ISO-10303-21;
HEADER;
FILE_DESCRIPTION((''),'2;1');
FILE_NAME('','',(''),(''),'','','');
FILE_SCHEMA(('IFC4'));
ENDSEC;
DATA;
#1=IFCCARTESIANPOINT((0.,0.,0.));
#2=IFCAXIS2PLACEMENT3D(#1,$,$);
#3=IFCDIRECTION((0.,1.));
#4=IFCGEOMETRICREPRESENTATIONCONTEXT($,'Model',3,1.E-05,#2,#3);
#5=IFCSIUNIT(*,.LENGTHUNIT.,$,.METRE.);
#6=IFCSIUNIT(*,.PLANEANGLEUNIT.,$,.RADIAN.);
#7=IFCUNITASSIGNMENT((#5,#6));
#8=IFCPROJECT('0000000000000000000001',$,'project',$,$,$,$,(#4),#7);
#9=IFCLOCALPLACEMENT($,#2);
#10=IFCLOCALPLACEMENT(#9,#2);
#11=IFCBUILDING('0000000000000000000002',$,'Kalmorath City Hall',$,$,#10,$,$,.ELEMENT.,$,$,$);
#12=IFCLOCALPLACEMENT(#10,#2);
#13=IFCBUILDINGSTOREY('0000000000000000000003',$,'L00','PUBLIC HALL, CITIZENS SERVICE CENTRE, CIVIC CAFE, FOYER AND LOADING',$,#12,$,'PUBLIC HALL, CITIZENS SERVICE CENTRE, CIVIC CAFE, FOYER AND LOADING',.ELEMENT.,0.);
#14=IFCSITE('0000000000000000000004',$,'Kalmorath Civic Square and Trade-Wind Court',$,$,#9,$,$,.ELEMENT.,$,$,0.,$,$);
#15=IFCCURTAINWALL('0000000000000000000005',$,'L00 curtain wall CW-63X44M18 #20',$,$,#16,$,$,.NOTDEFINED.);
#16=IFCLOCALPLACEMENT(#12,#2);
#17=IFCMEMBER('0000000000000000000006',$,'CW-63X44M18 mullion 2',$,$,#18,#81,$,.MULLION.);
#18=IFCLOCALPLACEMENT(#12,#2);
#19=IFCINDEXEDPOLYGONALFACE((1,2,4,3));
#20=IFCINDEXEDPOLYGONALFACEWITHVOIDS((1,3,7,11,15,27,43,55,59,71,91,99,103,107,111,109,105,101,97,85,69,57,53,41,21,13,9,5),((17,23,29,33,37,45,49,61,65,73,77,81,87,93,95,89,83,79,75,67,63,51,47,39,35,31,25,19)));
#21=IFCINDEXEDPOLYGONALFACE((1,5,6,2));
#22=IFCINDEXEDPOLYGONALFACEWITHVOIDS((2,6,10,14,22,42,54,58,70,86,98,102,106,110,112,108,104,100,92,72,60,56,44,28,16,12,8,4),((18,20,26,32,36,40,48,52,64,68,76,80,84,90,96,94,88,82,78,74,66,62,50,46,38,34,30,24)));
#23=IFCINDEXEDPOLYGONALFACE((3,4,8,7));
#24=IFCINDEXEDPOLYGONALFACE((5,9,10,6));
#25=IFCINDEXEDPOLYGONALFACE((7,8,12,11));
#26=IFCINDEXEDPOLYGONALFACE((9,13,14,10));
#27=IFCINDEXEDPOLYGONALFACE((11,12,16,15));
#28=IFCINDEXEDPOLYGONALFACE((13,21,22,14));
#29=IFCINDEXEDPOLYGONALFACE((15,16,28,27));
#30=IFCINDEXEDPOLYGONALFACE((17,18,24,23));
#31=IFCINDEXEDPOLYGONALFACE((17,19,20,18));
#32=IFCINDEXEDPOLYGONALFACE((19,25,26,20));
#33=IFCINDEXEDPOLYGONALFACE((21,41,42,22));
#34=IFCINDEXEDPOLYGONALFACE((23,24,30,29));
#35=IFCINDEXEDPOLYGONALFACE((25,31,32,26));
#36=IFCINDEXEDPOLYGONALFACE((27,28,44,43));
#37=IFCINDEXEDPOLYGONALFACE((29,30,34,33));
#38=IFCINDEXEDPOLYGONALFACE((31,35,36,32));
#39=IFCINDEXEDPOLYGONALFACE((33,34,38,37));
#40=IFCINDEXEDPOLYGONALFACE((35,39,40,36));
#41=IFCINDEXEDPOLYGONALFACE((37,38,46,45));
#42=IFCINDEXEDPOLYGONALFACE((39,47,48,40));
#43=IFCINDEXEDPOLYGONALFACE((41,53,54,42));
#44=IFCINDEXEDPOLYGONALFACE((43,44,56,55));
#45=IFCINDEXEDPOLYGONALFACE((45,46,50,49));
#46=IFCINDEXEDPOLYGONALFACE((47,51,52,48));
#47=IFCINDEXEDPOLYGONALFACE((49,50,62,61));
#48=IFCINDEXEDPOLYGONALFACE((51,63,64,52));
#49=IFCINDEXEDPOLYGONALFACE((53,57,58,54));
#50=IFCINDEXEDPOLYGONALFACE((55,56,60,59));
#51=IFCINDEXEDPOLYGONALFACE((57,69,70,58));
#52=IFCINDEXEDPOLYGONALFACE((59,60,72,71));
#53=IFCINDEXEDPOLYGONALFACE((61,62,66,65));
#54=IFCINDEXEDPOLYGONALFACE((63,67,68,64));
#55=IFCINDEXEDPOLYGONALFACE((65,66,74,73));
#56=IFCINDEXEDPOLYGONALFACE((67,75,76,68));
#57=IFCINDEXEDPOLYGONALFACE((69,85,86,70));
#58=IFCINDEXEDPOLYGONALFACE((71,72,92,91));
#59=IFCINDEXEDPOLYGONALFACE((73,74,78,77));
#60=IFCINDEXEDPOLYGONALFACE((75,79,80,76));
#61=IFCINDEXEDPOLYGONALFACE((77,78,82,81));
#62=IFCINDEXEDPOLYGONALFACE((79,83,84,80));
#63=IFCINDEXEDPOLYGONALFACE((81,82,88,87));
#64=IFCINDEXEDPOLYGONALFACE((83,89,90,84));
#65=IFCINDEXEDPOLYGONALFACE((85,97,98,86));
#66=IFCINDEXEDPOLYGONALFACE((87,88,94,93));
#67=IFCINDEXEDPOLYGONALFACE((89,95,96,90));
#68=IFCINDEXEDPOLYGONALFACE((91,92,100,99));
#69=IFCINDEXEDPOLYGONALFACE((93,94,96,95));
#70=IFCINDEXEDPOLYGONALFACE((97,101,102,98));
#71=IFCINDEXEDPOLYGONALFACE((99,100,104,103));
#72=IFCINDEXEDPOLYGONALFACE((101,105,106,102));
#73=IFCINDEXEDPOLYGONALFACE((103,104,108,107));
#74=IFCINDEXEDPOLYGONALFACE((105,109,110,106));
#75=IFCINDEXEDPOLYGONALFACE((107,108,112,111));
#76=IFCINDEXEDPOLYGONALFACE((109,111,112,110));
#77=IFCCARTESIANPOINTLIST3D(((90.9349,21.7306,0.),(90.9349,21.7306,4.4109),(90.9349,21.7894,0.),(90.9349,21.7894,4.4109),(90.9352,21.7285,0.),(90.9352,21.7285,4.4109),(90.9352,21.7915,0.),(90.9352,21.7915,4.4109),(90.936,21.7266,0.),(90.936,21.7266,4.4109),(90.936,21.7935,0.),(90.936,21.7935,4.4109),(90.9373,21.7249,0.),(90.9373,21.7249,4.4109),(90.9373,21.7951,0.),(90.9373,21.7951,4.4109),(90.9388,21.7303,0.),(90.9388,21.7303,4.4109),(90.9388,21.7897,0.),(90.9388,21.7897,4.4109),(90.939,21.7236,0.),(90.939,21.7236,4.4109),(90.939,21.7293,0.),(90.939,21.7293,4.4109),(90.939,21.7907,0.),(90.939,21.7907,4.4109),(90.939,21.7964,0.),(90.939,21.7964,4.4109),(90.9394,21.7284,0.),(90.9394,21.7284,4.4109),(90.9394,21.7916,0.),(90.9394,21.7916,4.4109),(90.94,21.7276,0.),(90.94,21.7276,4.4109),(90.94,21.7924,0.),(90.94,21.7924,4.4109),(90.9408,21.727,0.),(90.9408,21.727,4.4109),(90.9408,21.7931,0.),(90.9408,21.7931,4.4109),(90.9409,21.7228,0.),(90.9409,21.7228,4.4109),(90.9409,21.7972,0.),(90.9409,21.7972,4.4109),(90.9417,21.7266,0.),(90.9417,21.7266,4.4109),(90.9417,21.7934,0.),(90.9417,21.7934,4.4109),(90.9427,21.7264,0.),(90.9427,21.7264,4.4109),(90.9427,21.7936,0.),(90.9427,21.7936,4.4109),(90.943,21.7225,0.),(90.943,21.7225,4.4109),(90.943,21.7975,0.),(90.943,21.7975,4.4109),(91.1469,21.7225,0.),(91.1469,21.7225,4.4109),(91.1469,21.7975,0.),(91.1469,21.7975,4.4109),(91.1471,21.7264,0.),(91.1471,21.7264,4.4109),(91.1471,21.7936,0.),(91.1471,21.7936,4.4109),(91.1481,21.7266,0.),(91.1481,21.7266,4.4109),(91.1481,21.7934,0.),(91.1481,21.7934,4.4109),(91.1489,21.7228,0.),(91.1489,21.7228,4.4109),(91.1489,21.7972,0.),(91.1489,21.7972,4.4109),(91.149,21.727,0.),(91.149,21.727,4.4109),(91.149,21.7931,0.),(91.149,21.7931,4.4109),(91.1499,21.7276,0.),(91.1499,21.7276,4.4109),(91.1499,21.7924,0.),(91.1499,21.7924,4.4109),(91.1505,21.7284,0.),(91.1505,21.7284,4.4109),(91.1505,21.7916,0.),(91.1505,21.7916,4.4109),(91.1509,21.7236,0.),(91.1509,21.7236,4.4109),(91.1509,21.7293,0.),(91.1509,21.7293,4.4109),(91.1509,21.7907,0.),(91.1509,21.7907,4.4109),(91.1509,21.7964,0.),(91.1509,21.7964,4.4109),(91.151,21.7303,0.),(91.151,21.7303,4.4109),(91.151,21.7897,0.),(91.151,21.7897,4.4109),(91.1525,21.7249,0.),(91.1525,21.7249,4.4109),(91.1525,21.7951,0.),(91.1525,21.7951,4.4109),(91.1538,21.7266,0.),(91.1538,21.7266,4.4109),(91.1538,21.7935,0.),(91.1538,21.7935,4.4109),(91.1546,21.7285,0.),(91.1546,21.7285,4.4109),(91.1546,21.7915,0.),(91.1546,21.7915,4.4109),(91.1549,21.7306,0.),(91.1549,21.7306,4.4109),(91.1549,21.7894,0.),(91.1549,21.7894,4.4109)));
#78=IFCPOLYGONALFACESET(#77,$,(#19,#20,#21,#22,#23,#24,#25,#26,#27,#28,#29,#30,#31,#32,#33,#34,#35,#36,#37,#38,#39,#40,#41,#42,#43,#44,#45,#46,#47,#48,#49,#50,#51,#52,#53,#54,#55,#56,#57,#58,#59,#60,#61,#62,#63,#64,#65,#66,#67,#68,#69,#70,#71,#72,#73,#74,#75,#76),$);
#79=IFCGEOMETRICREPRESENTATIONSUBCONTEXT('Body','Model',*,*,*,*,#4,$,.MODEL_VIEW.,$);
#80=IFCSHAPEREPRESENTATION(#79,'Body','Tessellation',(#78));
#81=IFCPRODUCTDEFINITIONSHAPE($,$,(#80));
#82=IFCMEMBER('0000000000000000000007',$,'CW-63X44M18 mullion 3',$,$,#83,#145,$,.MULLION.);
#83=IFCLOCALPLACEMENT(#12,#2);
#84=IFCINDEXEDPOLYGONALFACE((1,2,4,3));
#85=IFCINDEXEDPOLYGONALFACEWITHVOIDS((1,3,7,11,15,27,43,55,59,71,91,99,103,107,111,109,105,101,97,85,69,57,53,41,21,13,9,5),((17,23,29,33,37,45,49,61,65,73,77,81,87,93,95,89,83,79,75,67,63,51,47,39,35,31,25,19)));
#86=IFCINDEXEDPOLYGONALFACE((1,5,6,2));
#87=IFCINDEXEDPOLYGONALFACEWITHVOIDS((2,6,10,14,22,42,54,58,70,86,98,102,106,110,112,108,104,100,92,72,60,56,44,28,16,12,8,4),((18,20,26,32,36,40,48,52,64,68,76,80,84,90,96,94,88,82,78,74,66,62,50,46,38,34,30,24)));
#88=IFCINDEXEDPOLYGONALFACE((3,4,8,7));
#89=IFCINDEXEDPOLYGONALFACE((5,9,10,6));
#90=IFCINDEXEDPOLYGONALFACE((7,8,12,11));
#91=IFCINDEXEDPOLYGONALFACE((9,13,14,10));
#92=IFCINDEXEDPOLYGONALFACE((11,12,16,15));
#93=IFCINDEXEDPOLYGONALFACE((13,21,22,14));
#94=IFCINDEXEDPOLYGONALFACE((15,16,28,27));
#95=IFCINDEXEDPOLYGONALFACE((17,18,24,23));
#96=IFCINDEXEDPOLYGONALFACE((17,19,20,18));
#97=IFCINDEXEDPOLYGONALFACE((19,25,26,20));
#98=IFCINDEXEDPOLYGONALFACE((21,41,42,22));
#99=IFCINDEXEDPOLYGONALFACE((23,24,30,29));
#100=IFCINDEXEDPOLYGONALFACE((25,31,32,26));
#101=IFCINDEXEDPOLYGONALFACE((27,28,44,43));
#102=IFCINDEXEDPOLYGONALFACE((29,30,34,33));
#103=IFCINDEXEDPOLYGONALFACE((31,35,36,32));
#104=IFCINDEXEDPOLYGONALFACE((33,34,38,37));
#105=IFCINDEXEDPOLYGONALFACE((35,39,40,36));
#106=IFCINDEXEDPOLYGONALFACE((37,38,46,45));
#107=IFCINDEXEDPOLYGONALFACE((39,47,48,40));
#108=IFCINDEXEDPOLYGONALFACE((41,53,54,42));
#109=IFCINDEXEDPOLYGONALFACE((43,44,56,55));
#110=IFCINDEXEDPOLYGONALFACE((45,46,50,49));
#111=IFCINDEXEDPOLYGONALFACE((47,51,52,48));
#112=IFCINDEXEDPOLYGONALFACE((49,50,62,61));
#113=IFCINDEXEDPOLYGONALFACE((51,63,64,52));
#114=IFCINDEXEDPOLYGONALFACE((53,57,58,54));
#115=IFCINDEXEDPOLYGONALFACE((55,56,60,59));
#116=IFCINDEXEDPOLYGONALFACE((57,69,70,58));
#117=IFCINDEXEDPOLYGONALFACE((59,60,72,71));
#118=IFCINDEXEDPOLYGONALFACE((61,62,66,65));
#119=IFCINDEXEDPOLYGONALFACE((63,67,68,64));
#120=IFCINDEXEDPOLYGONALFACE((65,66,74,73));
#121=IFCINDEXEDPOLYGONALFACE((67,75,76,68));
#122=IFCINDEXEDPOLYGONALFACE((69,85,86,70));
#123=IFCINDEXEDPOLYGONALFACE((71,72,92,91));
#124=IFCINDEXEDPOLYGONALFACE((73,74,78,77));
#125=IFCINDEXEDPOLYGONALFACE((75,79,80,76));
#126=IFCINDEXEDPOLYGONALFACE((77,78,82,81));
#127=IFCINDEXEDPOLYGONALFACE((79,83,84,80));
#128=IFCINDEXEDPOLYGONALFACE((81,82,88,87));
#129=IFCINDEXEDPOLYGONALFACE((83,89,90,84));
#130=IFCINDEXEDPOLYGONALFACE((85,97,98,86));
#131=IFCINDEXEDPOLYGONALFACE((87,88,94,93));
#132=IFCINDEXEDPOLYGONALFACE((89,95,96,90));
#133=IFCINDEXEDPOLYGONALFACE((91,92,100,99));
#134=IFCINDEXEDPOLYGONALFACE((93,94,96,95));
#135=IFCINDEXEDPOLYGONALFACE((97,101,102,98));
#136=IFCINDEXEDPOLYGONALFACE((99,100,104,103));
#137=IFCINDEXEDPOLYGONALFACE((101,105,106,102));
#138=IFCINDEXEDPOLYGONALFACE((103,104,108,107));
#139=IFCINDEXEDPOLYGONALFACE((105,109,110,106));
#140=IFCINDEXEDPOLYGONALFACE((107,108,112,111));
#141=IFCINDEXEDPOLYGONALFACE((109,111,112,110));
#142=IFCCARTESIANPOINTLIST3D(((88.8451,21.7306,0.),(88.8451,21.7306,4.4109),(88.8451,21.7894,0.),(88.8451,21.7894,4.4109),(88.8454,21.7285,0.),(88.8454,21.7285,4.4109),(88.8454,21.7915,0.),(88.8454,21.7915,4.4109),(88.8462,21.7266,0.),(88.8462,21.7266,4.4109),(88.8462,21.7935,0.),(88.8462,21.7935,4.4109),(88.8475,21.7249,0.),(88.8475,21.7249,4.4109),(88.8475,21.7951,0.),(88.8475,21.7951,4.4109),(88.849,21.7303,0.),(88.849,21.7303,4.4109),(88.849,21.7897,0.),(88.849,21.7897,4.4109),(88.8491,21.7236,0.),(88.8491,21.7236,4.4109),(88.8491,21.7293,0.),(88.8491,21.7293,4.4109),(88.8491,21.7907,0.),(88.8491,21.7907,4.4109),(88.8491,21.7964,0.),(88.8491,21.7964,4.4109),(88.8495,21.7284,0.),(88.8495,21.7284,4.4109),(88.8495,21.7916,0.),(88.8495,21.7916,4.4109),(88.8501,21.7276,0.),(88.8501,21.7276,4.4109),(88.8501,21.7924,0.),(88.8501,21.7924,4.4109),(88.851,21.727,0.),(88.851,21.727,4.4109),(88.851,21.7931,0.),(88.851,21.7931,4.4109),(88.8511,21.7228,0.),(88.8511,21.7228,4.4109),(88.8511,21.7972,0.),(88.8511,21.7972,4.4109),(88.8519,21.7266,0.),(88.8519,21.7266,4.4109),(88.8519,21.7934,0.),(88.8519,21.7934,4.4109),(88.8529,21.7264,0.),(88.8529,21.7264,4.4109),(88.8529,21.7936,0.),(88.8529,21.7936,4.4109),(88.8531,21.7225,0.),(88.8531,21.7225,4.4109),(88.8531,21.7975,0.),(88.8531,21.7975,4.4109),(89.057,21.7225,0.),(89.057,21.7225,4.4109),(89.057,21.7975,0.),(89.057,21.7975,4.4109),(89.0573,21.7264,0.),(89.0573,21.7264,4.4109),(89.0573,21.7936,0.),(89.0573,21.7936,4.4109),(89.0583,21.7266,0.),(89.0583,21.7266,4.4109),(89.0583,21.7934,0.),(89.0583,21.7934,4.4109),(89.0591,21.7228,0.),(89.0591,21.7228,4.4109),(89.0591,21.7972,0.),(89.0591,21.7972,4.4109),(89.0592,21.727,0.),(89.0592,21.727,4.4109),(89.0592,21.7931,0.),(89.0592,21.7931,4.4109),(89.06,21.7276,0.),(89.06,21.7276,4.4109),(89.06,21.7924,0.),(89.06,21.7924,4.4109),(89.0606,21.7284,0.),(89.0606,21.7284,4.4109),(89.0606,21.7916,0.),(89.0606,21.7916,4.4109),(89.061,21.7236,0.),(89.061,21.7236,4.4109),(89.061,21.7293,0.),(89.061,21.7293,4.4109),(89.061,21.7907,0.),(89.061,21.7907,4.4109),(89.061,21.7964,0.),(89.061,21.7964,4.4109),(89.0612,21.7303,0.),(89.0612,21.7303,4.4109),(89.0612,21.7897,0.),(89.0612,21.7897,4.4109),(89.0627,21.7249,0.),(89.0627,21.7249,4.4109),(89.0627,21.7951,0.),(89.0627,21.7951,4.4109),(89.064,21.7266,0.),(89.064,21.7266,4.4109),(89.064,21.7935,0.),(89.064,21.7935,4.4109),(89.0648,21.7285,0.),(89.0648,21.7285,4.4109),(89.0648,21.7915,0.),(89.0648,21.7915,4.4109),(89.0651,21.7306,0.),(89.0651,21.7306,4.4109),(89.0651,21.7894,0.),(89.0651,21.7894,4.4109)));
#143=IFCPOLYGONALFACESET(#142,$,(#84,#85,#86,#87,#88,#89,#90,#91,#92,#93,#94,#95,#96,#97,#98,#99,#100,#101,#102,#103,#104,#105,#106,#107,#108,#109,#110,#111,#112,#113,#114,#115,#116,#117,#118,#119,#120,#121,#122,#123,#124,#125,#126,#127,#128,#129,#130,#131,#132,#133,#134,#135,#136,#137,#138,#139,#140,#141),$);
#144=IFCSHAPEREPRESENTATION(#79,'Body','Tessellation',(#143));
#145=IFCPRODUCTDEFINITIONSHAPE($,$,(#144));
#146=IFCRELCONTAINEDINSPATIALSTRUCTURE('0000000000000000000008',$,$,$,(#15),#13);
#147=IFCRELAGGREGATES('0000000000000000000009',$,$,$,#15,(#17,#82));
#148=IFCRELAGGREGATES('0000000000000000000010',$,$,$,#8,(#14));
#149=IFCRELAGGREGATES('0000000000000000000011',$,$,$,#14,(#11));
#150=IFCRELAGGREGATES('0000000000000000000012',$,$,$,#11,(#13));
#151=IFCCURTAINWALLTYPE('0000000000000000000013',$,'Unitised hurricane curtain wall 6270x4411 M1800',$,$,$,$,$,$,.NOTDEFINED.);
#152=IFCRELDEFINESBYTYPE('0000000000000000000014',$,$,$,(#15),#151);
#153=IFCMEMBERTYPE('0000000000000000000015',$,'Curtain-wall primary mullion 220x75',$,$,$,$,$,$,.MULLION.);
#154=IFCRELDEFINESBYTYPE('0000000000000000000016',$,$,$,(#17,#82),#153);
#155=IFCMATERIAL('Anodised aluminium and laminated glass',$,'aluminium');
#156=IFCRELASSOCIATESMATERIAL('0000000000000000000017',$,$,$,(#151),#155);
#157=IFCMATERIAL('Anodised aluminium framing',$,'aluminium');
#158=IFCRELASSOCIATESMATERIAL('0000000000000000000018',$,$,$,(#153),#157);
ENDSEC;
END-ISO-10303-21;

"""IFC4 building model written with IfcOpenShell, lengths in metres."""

from ifc_helpers import new_model, si_unit, direction, frame, origin, origin_2d, place, context, subcontext, project, spatial, hollow_rectangle, extrude, material, material_profile, profile_set, type_object, element, aggregate, save


model = new_model("IFC4")

# Units and contexts
model_context = context("Model", 3, precision=1e-05, world=origin(), true_north=direction((0.0, 1.0)))
body_context = subcontext(model_context, "Body", "Model", "MODEL_VIEW")
ifc_project = project(units=[si_unit("LENGTHUNIT", "METRE"), si_unit("PLANEANGLEUNIT", "RADIAN")], contexts=[model_context])

# Site, building, storey
site_placement = place(None, origin())
site = spatial("IfcSite", under=ifc_project, at=site_placement, Name="Kalmorath Civic Square and Trade-Wind Court", CompositionType="ELEMENT", RefElevation=0.0)
building_placement = place(site_placement, origin())
building = spatial("IfcBuilding", under=site, at=building_placement, Name="Kalmorath City Hall", CompositionType="ELEMENT")
storey_placement = place(building_placement, origin())
storey = spatial("IfcBuildingStorey", under=building, at=storey_placement, Name="L00", Description="PUBLIC HALL, CITIZENS SERVICE CENTRE, CIVIC CAFE, FOYER AND LOADING", LongName="PUBLIC HALL, CITIZENS SERVICE CENTRE, CIVIC CAFE, FOYER AND LOADING", CompositionType="ELEMENT", Elevation=0.0)

# Curtain wall, members
ifc_material_1 = material(Name="Anodised aluminium and laminated glass", Category="aluminium")
curtain_wall_type = type_object("IfcCurtainWallType", Name="Unitised hurricane curtain wall 6270x4411 M1800", PredefinedType="NOTDEFINED", material=ifc_material_1)
curtain_wall_placement = place(storey_placement, origin())
curtain_wall = element("IfcCurtainWall", 1, at=curtain_wall_placement, inside=storey, type_object=curtain_wall_type, Name="L00 curtain wall CW-63X44M18 #20", PredefinedType="NOTDEFINED")
ifc_material_2 = material(Name="Anodised aluminium framing", Category="aluminium")
ifc_material_profile_1 = material_profile(ifc_material_2, hollow_rectangle(XDim=0.075, YDim=0.22, WallThickness=0.0039, InnerFilletRadius=0.0039, OuterFilletRadius=0.0081, at=origin_2d()), Name="ALU-MUL-220X75X4")
ifc_profile_set_1 = profile_set([ifc_material_profile_1], Name="Anodised aluminium framing")
member_type_1 = type_object("IfcMemberType", Name="Curtain-wall primary mullion 220x75", PredefinedType="MULLION", material=ifc_profile_set_1)
member_1_placement = place(storey_placement, frame((91.0449, 21.76, 0.0), z_axis=(0.0, 0.0, 1.0), x_axis=(0.0, -1.0, 0.0)))
member_1 = element("IfcMember", 2, at=member_1_placement, type_object=member_type_1, Name="CW-63X44M18 mullion 2", PredefinedType="MULLION", context=body_context, shape_type="SweptSolid", body=[
    extrude(hollow_rectangle(XDim=0.075, YDim=0.22, WallThickness=0.0039, InnerFilletRadius=0.0039, OuterFilletRadius=0.0081, at=origin_2d()), origin(), (0.0, 0.0, 1.0), 4.4109),
])
member_2_placement = place(storey_placement, frame((88.9551, 21.76, 0.0), z_axis=(0.0, 0.0, 1.0), x_axis=(0.0, -1.0, 0.0)))
member_2 = element("IfcMember", 3, at=member_2_placement, type_object=member_type_1, Name="CW-63X44M18 mullion 3", PredefinedType="MULLION", context=body_context, shape_type="SweptSolid", body=[
    extrude(hollow_rectangle(XDim=0.075, YDim=0.22, WallThickness=0.0039, InnerFilletRadius=0.0039, OuterFilletRadius=0.0081, at=origin_2d()), origin(), (0.0, 0.0, 1.0), 4.4109),
])
aggregate(curtain_wall, [member_1, member_2])

save(model, "model.ifc")
